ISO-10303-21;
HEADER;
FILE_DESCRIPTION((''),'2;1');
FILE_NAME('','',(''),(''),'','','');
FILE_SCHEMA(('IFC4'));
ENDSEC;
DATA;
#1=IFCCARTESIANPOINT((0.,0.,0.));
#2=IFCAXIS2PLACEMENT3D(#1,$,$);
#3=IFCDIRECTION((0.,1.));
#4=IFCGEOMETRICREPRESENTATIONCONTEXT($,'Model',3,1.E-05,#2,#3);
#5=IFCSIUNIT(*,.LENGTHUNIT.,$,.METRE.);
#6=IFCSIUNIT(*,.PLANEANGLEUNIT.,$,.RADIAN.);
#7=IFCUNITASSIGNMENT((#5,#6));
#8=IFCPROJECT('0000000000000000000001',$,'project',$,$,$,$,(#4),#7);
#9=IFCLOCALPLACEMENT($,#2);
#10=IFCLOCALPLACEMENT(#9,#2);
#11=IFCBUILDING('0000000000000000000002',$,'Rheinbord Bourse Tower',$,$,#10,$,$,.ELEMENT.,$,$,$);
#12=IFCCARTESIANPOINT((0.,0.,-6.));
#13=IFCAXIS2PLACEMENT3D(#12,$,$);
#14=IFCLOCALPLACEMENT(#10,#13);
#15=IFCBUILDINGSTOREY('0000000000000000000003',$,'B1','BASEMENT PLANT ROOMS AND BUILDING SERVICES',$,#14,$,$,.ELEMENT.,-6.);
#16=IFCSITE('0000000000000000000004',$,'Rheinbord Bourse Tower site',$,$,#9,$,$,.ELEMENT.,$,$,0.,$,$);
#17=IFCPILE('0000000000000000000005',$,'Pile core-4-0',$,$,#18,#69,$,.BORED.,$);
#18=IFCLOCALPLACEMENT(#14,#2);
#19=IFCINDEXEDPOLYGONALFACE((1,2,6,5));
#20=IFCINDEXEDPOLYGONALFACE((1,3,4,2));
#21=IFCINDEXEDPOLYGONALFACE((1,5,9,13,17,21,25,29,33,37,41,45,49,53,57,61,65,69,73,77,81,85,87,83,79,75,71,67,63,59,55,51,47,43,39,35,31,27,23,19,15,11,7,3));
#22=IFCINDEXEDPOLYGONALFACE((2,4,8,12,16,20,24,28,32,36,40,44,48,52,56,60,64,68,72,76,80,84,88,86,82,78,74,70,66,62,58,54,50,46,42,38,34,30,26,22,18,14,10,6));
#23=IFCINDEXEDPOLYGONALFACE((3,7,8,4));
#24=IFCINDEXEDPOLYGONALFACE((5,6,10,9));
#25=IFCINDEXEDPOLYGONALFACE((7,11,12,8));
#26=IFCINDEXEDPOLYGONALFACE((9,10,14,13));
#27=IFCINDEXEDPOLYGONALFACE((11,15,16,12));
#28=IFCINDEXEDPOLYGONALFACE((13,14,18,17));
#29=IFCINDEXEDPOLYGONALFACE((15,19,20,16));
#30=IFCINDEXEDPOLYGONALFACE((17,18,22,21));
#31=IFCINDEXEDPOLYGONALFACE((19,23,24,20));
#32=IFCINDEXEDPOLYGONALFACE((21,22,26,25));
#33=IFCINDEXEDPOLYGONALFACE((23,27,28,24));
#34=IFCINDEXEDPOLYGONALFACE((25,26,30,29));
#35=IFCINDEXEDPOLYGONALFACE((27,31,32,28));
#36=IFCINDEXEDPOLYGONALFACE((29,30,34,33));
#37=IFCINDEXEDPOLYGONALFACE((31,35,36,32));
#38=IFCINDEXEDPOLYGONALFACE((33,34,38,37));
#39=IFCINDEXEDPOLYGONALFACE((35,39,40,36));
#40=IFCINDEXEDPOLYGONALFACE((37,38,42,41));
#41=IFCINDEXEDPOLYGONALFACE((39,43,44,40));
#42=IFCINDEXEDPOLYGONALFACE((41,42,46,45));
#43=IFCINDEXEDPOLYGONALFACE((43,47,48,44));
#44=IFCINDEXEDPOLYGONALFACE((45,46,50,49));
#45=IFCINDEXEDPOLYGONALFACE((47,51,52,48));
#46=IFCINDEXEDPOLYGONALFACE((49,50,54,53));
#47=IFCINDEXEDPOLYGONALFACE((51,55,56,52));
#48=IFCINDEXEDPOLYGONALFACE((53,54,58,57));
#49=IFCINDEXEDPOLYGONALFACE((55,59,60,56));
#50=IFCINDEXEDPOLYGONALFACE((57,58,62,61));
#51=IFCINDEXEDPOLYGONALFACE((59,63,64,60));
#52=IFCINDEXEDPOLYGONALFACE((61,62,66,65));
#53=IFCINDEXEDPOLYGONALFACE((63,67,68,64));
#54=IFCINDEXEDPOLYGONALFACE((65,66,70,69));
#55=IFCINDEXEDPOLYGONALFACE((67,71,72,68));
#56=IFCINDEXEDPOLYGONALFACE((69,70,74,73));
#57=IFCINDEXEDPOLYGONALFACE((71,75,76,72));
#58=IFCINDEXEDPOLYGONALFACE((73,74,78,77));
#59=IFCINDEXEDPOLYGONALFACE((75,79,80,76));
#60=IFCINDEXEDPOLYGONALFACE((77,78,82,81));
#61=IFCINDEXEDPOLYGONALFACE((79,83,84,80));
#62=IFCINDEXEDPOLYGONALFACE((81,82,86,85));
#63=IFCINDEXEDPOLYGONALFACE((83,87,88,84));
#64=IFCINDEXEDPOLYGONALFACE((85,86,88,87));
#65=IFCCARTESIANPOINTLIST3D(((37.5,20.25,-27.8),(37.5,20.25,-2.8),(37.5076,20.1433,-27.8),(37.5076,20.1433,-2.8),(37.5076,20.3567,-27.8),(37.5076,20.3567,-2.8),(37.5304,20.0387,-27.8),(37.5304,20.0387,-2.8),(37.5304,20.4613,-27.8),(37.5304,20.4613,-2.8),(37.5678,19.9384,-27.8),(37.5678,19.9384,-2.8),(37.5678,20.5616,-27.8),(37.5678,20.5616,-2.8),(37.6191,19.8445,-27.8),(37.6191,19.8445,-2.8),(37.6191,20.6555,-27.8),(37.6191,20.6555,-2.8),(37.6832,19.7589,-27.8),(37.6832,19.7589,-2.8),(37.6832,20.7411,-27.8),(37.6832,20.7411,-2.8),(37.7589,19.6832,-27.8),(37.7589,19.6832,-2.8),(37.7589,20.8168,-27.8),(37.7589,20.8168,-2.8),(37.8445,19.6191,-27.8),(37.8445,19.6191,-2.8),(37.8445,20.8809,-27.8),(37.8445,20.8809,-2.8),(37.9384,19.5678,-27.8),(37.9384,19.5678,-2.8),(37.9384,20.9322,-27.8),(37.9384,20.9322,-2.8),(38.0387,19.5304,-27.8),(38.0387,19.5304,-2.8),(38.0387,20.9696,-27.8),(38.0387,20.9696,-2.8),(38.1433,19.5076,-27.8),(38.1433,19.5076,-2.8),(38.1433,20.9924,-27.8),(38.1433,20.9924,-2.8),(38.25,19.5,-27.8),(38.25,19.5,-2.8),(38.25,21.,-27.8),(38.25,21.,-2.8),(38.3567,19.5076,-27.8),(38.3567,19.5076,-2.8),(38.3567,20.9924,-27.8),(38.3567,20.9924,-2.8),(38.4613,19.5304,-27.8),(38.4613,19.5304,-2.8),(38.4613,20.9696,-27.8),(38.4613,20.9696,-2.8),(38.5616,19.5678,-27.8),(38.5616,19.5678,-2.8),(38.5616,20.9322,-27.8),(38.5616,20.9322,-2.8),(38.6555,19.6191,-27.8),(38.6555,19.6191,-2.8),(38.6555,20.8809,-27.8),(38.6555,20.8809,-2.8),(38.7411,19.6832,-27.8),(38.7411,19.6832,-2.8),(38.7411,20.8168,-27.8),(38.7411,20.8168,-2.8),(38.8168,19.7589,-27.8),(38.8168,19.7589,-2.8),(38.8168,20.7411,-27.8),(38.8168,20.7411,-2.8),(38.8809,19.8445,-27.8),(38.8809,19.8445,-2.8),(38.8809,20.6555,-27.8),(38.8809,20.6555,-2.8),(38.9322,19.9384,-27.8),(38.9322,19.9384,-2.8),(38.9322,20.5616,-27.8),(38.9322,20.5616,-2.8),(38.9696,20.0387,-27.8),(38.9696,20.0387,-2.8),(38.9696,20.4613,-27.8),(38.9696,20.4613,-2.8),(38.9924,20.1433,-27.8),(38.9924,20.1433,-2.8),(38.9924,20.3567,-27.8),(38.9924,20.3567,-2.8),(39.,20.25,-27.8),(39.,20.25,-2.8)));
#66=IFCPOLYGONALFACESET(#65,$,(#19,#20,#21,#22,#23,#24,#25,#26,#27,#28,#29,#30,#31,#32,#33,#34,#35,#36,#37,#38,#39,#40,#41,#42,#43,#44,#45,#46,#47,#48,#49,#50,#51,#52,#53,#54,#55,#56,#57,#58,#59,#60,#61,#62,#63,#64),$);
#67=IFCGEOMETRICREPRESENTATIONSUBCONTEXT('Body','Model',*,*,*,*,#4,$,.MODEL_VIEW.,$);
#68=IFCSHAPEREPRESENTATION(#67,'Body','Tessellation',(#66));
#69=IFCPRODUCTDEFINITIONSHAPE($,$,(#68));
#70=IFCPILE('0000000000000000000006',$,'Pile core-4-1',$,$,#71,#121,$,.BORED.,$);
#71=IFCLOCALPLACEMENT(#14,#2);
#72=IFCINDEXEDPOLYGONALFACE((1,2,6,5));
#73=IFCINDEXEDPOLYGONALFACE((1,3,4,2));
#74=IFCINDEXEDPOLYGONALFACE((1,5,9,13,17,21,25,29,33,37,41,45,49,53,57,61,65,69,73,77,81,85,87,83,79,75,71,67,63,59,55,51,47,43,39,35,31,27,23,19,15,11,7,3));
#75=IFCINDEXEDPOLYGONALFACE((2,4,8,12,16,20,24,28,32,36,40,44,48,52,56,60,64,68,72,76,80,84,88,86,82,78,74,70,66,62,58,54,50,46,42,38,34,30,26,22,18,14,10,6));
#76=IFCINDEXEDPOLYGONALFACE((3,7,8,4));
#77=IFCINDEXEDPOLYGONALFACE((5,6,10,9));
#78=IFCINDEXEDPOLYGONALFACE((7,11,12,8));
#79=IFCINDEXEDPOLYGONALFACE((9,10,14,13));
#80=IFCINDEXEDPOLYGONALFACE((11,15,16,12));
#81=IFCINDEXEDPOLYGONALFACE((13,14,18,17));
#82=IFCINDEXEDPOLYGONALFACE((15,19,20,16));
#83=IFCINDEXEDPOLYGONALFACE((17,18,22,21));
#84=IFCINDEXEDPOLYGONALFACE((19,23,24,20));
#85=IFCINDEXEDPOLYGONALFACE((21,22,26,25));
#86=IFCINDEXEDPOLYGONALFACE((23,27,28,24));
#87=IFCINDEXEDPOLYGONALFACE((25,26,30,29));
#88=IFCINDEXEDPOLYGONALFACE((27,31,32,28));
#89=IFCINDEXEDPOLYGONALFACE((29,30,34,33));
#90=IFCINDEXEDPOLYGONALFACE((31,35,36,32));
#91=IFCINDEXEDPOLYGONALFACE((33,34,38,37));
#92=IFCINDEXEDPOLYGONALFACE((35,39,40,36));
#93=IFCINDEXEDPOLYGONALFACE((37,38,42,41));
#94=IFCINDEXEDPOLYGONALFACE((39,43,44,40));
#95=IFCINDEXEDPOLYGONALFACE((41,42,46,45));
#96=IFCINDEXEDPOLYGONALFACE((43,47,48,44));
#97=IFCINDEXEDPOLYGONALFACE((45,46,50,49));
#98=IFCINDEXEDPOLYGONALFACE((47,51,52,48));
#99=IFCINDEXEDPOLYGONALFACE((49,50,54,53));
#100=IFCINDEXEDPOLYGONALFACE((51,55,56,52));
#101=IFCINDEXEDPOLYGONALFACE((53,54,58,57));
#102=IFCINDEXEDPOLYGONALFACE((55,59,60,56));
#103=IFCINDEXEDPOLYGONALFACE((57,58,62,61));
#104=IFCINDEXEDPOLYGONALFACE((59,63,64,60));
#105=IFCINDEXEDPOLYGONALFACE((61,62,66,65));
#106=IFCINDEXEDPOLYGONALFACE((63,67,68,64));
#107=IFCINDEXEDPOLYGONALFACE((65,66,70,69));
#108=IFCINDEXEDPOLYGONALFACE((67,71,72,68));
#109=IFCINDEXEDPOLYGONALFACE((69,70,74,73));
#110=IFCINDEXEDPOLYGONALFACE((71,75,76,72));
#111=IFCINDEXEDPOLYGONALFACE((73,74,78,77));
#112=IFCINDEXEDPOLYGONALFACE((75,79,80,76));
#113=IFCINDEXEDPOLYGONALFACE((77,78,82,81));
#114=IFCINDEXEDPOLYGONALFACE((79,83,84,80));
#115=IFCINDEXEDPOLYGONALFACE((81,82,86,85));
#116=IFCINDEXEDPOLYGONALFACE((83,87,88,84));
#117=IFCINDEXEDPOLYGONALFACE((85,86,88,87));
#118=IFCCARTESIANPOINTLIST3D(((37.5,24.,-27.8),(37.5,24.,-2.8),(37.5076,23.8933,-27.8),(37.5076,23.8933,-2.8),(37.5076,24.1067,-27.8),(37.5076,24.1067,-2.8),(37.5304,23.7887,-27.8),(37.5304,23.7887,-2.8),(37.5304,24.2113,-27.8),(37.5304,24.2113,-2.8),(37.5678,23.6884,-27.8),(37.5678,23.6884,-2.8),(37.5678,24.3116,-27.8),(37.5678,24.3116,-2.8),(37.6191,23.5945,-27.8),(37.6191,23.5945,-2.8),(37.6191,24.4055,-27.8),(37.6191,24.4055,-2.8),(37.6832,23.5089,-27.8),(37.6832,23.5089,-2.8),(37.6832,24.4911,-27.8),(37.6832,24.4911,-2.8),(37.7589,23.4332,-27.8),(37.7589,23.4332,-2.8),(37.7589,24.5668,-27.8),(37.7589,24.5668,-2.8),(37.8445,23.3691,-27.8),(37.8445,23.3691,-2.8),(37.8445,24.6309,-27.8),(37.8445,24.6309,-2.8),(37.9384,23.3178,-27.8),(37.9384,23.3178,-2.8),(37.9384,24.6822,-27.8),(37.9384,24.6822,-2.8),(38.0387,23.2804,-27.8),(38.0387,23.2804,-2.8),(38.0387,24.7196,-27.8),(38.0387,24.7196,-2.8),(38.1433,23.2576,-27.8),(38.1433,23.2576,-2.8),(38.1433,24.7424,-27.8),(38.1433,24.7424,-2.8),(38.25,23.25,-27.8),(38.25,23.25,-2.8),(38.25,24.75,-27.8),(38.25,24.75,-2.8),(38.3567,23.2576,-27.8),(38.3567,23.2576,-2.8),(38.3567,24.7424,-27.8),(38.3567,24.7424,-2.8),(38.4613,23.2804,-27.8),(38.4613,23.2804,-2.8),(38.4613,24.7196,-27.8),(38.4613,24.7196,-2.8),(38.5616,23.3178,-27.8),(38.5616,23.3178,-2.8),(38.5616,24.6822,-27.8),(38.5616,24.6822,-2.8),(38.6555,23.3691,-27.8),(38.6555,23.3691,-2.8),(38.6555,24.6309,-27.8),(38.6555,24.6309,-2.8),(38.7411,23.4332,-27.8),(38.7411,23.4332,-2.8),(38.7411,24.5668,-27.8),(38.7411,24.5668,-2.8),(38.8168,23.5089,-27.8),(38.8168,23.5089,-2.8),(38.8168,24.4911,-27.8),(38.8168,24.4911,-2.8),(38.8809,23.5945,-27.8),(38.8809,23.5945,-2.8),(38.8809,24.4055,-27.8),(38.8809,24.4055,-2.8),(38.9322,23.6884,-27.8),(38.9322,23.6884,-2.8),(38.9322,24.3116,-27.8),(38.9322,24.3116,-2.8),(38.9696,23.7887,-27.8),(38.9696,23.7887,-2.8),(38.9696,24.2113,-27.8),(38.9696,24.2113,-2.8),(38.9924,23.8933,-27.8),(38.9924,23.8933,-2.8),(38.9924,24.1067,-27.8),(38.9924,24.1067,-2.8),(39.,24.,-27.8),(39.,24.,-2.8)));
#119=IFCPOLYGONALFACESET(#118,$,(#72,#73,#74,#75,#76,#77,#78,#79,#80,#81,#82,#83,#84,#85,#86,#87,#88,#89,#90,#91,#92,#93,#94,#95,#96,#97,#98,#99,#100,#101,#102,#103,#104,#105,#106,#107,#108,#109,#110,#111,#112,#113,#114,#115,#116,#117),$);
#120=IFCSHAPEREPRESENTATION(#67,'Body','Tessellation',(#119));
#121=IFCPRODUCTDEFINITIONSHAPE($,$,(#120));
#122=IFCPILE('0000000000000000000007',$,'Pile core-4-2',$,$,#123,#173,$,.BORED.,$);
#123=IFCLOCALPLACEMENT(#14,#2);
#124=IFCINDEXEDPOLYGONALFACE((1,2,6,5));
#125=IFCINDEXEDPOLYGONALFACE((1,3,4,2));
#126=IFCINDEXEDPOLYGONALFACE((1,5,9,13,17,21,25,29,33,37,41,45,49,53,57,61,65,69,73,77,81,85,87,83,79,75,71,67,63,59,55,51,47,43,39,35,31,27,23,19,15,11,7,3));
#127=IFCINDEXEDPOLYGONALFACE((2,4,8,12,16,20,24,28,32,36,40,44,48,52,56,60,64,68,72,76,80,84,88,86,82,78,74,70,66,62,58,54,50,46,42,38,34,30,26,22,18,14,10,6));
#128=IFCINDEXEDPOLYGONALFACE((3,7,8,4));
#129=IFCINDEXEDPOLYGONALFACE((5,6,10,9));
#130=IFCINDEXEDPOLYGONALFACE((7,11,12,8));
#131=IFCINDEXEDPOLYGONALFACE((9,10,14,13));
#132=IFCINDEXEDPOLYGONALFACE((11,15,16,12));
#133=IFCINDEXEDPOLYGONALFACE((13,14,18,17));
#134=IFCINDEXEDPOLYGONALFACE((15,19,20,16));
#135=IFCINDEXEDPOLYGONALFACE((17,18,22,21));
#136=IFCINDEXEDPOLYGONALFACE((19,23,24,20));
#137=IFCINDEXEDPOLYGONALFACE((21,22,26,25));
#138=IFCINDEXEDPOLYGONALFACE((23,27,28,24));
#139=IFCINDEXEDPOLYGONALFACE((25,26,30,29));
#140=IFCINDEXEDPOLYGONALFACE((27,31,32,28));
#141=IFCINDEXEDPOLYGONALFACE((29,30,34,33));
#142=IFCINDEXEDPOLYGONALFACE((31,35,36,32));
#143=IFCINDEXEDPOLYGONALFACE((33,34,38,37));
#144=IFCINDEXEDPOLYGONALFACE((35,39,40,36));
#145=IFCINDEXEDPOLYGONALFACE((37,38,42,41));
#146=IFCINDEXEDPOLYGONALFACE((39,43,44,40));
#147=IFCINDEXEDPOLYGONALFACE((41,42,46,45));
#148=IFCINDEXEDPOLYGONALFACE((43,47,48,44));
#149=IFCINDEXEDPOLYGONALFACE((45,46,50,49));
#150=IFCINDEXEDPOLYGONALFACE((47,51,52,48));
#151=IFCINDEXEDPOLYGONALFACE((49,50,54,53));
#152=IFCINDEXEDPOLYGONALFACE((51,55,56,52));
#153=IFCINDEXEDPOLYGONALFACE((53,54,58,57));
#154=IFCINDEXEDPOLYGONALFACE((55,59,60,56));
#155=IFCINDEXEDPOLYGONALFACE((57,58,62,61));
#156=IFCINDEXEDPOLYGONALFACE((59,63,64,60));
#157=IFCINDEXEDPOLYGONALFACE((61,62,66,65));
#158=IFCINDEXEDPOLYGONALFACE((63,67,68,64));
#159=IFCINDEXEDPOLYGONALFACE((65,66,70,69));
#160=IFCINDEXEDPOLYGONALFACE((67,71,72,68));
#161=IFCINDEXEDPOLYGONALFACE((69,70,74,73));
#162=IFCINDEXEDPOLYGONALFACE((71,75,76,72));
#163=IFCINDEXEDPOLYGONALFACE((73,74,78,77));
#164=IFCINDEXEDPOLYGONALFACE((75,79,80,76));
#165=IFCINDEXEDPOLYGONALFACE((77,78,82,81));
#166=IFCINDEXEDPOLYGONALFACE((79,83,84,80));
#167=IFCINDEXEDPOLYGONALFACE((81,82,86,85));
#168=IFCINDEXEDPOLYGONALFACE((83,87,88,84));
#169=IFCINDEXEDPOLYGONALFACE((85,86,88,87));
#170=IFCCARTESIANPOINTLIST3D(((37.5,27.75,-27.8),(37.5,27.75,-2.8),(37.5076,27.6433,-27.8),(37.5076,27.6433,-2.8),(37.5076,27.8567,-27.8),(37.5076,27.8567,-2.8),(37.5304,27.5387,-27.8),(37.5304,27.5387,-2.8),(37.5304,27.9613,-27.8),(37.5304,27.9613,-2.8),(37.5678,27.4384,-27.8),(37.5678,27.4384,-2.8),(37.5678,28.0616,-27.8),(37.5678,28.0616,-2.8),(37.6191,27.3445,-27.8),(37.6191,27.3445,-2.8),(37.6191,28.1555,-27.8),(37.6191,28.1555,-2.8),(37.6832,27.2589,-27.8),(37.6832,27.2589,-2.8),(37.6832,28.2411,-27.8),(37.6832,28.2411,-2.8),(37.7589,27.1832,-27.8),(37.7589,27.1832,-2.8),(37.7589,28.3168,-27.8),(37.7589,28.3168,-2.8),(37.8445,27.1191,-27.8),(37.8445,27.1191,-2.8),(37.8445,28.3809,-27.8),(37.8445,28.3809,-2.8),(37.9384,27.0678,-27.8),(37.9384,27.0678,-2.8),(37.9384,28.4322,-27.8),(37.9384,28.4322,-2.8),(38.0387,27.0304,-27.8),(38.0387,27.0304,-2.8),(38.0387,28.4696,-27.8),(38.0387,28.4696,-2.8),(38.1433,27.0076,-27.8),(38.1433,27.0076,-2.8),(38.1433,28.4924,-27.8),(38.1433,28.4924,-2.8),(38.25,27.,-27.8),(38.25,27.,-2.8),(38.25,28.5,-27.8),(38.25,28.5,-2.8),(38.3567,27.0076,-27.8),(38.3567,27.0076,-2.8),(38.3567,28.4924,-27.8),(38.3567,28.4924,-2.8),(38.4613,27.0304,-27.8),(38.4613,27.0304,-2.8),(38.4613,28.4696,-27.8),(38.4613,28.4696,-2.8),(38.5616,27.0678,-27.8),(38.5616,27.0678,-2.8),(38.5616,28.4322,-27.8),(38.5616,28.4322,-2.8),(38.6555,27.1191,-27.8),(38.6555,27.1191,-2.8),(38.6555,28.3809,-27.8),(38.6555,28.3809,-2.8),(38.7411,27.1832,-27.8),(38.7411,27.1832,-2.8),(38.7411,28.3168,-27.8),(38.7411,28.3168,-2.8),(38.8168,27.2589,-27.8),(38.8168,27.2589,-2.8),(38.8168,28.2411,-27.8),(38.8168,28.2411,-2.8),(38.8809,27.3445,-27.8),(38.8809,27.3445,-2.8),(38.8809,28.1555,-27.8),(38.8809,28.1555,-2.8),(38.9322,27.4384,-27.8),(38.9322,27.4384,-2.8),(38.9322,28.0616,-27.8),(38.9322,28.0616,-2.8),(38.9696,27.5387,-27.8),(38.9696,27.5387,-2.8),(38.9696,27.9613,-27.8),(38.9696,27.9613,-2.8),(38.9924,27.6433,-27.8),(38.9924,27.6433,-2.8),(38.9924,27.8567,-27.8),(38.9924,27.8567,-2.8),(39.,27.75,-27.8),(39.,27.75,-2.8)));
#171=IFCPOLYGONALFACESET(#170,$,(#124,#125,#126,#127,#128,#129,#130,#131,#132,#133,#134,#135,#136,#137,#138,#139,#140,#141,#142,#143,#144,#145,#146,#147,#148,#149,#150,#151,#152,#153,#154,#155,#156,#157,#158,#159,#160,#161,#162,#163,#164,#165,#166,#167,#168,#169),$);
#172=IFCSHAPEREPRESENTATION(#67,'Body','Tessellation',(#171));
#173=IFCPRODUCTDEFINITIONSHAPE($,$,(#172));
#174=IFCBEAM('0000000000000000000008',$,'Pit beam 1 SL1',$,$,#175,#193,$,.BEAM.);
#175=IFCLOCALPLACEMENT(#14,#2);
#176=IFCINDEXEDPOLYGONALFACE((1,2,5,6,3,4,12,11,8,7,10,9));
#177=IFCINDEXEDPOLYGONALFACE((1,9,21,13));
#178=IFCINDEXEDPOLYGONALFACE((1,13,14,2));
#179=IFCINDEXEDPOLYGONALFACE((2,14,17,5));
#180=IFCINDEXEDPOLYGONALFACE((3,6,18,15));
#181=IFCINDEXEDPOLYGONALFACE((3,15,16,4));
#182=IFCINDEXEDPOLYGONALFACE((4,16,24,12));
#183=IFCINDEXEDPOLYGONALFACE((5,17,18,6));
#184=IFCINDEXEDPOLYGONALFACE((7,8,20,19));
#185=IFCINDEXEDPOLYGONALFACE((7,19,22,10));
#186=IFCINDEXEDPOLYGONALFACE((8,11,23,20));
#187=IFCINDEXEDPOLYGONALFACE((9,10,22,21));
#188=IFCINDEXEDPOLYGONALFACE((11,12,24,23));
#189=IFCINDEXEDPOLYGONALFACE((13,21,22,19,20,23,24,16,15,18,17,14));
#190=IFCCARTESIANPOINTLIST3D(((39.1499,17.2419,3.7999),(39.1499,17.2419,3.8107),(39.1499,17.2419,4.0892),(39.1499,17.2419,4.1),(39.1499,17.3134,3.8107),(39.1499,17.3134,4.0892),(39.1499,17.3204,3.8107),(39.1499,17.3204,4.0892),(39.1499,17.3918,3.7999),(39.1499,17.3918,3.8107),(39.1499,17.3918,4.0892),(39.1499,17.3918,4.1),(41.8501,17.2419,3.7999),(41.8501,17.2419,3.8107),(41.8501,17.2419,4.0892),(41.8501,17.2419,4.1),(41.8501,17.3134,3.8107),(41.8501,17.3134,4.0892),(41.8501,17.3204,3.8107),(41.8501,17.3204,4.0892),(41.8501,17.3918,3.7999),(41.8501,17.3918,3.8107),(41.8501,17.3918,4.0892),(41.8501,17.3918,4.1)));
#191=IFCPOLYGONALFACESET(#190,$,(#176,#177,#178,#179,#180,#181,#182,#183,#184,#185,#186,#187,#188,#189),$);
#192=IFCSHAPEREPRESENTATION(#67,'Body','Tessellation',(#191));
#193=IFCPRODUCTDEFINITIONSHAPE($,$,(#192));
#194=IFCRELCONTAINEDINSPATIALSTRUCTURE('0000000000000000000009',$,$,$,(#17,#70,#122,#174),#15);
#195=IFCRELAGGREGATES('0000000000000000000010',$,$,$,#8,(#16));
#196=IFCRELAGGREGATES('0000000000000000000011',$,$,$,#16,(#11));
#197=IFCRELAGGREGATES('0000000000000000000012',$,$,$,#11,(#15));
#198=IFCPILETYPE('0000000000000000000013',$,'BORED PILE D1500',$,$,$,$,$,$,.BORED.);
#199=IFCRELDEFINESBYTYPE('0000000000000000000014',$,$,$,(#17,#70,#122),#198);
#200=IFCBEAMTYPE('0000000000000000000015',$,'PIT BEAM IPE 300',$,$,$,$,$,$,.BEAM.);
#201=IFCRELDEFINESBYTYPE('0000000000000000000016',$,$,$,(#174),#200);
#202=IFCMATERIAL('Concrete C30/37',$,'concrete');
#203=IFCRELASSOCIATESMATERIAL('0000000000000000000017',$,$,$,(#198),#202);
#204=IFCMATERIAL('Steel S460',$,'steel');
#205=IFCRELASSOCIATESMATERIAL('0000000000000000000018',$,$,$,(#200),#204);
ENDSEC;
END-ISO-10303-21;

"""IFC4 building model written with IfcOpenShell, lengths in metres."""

from ifc_helpers import new_model, si_unit, direction, frame, origin, origin_2d, place, context, subcontext, project, spatial, circle, i_section, extrude, material, material_profile, profile_set, type_object, element, save


model = new_model("IFC4")

# Units and contexts
model_context = context("Model", 3, precision=1e-05, world=origin(), true_north=direction((0.0, 1.0)))
body_context = subcontext(model_context, "Body", "Model", "MODEL_VIEW")
ifc_project = project(units=[si_unit("LENGTHUNIT", "METRE"), si_unit("PLANEANGLEUNIT", "RADIAN")], contexts=[model_context])

# Site, building, storey
site_placement = place(None, origin())
site = spatial("IfcSite", under=ifc_project, at=site_placement, Name="Rheinbord Bourse Tower site", CompositionType="ELEMENT", RefElevation=0.0)
building_placement = place(site_placement, origin())
building = spatial("IfcBuilding", under=site, at=building_placement, Name="Rheinbord Bourse Tower", CompositionType="ELEMENT")
storey_placement = place(building_placement, frame((0.0, 0.0, -6.0)))
storey = spatial("IfcBuildingStorey", under=building, at=storey_placement, Name="B1", Description="BASEMENT PLANT ROOMS AND BUILDING SERVICES", CompositionType="ELEMENT", Elevation=-6.0)

# Piles
ifc_material_1 = material(Name="Concrete C30/37", Category="concrete")
ifc_material_profile_1 = material_profile(ifc_material_1, circle(Radius=0.75, at=origin_2d()), Name="D1500")
ifc_profile_set_1 = profile_set([ifc_material_profile_1], Name="Concrete C30/37")
pile_type = type_object("IfcPileType", Name="BORED PILE D1500", PredefinedType="BORED", material=ifc_profile_set_1)
for number, where, z_axis, x_axis, name in (
    (1, (38.25, 20.25, -2.8), (0.0, 0.0, -1.0), (1.0, 0.0, 0.0), "Pile core-4-0"),
    (2, (38.25, 24.0, -2.8), (0.0, 0.0, -1.0), (1.0, 0.0, 0.0), "Pile core-4-1"),
    (3, (38.25, 27.75, -2.8), (0.0, 0.0, -1.0), (1.0, 0.0, 0.0), "Pile core-4-2"),
):
    element("IfcPile", number, at=place(storey_placement, frame(where, z_axis=z_axis, x_axis=x_axis)), inside=storey, type_object=pile_type, Name=name, PredefinedType="BORED", context=body_context, shape_type="SweptSolid", body=[
        extrude(circle(Radius=0.75, at=origin_2d()), origin(), (0.0, 0.0, 1.0), 25.0),
    ])

# Beam
ifc_material_2 = material(Name="Steel S460", Category="steel")
ifc_material_profile_2 = material_profile(ifc_material_2, i_section(OverallWidth=0.1499, OverallDepth=0.3, WebThickness=0.0071, FlangeThickness=0.0107, at=origin_2d()), Name="IPE 300")
ifc_profile_set_2 = profile_set([ifc_material_profile_2], Name="Steel S460")
beam_type = type_object("IfcBeamType", Name="PIT BEAM IPE 300", PredefinedType="BEAM", material=ifc_profile_set_2)
for number, where, z_axis, x_axis, name in (
    (4, (39.1499, 17.3169, 3.95), (1.0, 0.0, 0.0), (0.0, 1.0, 0.0), "Pit beam 1 SL1"),
):
    element("IfcBeam", number, at=place(storey_placement, frame(where, z_axis=z_axis, x_axis=x_axis)), inside=storey, type_object=beam_type, Name=name, PredefinedType="BEAM", context=body_context, shape_type="SweptSolid", body=[
        extrude(i_section(OverallWidth=0.1499, OverallDepth=0.3, WebThickness=0.0071, FlangeThickness=0.0107, at=origin_2d()), origin(), (0.0, 0.0, 1.0), 2.7002),
    ])

save(model, "model.ifc")
